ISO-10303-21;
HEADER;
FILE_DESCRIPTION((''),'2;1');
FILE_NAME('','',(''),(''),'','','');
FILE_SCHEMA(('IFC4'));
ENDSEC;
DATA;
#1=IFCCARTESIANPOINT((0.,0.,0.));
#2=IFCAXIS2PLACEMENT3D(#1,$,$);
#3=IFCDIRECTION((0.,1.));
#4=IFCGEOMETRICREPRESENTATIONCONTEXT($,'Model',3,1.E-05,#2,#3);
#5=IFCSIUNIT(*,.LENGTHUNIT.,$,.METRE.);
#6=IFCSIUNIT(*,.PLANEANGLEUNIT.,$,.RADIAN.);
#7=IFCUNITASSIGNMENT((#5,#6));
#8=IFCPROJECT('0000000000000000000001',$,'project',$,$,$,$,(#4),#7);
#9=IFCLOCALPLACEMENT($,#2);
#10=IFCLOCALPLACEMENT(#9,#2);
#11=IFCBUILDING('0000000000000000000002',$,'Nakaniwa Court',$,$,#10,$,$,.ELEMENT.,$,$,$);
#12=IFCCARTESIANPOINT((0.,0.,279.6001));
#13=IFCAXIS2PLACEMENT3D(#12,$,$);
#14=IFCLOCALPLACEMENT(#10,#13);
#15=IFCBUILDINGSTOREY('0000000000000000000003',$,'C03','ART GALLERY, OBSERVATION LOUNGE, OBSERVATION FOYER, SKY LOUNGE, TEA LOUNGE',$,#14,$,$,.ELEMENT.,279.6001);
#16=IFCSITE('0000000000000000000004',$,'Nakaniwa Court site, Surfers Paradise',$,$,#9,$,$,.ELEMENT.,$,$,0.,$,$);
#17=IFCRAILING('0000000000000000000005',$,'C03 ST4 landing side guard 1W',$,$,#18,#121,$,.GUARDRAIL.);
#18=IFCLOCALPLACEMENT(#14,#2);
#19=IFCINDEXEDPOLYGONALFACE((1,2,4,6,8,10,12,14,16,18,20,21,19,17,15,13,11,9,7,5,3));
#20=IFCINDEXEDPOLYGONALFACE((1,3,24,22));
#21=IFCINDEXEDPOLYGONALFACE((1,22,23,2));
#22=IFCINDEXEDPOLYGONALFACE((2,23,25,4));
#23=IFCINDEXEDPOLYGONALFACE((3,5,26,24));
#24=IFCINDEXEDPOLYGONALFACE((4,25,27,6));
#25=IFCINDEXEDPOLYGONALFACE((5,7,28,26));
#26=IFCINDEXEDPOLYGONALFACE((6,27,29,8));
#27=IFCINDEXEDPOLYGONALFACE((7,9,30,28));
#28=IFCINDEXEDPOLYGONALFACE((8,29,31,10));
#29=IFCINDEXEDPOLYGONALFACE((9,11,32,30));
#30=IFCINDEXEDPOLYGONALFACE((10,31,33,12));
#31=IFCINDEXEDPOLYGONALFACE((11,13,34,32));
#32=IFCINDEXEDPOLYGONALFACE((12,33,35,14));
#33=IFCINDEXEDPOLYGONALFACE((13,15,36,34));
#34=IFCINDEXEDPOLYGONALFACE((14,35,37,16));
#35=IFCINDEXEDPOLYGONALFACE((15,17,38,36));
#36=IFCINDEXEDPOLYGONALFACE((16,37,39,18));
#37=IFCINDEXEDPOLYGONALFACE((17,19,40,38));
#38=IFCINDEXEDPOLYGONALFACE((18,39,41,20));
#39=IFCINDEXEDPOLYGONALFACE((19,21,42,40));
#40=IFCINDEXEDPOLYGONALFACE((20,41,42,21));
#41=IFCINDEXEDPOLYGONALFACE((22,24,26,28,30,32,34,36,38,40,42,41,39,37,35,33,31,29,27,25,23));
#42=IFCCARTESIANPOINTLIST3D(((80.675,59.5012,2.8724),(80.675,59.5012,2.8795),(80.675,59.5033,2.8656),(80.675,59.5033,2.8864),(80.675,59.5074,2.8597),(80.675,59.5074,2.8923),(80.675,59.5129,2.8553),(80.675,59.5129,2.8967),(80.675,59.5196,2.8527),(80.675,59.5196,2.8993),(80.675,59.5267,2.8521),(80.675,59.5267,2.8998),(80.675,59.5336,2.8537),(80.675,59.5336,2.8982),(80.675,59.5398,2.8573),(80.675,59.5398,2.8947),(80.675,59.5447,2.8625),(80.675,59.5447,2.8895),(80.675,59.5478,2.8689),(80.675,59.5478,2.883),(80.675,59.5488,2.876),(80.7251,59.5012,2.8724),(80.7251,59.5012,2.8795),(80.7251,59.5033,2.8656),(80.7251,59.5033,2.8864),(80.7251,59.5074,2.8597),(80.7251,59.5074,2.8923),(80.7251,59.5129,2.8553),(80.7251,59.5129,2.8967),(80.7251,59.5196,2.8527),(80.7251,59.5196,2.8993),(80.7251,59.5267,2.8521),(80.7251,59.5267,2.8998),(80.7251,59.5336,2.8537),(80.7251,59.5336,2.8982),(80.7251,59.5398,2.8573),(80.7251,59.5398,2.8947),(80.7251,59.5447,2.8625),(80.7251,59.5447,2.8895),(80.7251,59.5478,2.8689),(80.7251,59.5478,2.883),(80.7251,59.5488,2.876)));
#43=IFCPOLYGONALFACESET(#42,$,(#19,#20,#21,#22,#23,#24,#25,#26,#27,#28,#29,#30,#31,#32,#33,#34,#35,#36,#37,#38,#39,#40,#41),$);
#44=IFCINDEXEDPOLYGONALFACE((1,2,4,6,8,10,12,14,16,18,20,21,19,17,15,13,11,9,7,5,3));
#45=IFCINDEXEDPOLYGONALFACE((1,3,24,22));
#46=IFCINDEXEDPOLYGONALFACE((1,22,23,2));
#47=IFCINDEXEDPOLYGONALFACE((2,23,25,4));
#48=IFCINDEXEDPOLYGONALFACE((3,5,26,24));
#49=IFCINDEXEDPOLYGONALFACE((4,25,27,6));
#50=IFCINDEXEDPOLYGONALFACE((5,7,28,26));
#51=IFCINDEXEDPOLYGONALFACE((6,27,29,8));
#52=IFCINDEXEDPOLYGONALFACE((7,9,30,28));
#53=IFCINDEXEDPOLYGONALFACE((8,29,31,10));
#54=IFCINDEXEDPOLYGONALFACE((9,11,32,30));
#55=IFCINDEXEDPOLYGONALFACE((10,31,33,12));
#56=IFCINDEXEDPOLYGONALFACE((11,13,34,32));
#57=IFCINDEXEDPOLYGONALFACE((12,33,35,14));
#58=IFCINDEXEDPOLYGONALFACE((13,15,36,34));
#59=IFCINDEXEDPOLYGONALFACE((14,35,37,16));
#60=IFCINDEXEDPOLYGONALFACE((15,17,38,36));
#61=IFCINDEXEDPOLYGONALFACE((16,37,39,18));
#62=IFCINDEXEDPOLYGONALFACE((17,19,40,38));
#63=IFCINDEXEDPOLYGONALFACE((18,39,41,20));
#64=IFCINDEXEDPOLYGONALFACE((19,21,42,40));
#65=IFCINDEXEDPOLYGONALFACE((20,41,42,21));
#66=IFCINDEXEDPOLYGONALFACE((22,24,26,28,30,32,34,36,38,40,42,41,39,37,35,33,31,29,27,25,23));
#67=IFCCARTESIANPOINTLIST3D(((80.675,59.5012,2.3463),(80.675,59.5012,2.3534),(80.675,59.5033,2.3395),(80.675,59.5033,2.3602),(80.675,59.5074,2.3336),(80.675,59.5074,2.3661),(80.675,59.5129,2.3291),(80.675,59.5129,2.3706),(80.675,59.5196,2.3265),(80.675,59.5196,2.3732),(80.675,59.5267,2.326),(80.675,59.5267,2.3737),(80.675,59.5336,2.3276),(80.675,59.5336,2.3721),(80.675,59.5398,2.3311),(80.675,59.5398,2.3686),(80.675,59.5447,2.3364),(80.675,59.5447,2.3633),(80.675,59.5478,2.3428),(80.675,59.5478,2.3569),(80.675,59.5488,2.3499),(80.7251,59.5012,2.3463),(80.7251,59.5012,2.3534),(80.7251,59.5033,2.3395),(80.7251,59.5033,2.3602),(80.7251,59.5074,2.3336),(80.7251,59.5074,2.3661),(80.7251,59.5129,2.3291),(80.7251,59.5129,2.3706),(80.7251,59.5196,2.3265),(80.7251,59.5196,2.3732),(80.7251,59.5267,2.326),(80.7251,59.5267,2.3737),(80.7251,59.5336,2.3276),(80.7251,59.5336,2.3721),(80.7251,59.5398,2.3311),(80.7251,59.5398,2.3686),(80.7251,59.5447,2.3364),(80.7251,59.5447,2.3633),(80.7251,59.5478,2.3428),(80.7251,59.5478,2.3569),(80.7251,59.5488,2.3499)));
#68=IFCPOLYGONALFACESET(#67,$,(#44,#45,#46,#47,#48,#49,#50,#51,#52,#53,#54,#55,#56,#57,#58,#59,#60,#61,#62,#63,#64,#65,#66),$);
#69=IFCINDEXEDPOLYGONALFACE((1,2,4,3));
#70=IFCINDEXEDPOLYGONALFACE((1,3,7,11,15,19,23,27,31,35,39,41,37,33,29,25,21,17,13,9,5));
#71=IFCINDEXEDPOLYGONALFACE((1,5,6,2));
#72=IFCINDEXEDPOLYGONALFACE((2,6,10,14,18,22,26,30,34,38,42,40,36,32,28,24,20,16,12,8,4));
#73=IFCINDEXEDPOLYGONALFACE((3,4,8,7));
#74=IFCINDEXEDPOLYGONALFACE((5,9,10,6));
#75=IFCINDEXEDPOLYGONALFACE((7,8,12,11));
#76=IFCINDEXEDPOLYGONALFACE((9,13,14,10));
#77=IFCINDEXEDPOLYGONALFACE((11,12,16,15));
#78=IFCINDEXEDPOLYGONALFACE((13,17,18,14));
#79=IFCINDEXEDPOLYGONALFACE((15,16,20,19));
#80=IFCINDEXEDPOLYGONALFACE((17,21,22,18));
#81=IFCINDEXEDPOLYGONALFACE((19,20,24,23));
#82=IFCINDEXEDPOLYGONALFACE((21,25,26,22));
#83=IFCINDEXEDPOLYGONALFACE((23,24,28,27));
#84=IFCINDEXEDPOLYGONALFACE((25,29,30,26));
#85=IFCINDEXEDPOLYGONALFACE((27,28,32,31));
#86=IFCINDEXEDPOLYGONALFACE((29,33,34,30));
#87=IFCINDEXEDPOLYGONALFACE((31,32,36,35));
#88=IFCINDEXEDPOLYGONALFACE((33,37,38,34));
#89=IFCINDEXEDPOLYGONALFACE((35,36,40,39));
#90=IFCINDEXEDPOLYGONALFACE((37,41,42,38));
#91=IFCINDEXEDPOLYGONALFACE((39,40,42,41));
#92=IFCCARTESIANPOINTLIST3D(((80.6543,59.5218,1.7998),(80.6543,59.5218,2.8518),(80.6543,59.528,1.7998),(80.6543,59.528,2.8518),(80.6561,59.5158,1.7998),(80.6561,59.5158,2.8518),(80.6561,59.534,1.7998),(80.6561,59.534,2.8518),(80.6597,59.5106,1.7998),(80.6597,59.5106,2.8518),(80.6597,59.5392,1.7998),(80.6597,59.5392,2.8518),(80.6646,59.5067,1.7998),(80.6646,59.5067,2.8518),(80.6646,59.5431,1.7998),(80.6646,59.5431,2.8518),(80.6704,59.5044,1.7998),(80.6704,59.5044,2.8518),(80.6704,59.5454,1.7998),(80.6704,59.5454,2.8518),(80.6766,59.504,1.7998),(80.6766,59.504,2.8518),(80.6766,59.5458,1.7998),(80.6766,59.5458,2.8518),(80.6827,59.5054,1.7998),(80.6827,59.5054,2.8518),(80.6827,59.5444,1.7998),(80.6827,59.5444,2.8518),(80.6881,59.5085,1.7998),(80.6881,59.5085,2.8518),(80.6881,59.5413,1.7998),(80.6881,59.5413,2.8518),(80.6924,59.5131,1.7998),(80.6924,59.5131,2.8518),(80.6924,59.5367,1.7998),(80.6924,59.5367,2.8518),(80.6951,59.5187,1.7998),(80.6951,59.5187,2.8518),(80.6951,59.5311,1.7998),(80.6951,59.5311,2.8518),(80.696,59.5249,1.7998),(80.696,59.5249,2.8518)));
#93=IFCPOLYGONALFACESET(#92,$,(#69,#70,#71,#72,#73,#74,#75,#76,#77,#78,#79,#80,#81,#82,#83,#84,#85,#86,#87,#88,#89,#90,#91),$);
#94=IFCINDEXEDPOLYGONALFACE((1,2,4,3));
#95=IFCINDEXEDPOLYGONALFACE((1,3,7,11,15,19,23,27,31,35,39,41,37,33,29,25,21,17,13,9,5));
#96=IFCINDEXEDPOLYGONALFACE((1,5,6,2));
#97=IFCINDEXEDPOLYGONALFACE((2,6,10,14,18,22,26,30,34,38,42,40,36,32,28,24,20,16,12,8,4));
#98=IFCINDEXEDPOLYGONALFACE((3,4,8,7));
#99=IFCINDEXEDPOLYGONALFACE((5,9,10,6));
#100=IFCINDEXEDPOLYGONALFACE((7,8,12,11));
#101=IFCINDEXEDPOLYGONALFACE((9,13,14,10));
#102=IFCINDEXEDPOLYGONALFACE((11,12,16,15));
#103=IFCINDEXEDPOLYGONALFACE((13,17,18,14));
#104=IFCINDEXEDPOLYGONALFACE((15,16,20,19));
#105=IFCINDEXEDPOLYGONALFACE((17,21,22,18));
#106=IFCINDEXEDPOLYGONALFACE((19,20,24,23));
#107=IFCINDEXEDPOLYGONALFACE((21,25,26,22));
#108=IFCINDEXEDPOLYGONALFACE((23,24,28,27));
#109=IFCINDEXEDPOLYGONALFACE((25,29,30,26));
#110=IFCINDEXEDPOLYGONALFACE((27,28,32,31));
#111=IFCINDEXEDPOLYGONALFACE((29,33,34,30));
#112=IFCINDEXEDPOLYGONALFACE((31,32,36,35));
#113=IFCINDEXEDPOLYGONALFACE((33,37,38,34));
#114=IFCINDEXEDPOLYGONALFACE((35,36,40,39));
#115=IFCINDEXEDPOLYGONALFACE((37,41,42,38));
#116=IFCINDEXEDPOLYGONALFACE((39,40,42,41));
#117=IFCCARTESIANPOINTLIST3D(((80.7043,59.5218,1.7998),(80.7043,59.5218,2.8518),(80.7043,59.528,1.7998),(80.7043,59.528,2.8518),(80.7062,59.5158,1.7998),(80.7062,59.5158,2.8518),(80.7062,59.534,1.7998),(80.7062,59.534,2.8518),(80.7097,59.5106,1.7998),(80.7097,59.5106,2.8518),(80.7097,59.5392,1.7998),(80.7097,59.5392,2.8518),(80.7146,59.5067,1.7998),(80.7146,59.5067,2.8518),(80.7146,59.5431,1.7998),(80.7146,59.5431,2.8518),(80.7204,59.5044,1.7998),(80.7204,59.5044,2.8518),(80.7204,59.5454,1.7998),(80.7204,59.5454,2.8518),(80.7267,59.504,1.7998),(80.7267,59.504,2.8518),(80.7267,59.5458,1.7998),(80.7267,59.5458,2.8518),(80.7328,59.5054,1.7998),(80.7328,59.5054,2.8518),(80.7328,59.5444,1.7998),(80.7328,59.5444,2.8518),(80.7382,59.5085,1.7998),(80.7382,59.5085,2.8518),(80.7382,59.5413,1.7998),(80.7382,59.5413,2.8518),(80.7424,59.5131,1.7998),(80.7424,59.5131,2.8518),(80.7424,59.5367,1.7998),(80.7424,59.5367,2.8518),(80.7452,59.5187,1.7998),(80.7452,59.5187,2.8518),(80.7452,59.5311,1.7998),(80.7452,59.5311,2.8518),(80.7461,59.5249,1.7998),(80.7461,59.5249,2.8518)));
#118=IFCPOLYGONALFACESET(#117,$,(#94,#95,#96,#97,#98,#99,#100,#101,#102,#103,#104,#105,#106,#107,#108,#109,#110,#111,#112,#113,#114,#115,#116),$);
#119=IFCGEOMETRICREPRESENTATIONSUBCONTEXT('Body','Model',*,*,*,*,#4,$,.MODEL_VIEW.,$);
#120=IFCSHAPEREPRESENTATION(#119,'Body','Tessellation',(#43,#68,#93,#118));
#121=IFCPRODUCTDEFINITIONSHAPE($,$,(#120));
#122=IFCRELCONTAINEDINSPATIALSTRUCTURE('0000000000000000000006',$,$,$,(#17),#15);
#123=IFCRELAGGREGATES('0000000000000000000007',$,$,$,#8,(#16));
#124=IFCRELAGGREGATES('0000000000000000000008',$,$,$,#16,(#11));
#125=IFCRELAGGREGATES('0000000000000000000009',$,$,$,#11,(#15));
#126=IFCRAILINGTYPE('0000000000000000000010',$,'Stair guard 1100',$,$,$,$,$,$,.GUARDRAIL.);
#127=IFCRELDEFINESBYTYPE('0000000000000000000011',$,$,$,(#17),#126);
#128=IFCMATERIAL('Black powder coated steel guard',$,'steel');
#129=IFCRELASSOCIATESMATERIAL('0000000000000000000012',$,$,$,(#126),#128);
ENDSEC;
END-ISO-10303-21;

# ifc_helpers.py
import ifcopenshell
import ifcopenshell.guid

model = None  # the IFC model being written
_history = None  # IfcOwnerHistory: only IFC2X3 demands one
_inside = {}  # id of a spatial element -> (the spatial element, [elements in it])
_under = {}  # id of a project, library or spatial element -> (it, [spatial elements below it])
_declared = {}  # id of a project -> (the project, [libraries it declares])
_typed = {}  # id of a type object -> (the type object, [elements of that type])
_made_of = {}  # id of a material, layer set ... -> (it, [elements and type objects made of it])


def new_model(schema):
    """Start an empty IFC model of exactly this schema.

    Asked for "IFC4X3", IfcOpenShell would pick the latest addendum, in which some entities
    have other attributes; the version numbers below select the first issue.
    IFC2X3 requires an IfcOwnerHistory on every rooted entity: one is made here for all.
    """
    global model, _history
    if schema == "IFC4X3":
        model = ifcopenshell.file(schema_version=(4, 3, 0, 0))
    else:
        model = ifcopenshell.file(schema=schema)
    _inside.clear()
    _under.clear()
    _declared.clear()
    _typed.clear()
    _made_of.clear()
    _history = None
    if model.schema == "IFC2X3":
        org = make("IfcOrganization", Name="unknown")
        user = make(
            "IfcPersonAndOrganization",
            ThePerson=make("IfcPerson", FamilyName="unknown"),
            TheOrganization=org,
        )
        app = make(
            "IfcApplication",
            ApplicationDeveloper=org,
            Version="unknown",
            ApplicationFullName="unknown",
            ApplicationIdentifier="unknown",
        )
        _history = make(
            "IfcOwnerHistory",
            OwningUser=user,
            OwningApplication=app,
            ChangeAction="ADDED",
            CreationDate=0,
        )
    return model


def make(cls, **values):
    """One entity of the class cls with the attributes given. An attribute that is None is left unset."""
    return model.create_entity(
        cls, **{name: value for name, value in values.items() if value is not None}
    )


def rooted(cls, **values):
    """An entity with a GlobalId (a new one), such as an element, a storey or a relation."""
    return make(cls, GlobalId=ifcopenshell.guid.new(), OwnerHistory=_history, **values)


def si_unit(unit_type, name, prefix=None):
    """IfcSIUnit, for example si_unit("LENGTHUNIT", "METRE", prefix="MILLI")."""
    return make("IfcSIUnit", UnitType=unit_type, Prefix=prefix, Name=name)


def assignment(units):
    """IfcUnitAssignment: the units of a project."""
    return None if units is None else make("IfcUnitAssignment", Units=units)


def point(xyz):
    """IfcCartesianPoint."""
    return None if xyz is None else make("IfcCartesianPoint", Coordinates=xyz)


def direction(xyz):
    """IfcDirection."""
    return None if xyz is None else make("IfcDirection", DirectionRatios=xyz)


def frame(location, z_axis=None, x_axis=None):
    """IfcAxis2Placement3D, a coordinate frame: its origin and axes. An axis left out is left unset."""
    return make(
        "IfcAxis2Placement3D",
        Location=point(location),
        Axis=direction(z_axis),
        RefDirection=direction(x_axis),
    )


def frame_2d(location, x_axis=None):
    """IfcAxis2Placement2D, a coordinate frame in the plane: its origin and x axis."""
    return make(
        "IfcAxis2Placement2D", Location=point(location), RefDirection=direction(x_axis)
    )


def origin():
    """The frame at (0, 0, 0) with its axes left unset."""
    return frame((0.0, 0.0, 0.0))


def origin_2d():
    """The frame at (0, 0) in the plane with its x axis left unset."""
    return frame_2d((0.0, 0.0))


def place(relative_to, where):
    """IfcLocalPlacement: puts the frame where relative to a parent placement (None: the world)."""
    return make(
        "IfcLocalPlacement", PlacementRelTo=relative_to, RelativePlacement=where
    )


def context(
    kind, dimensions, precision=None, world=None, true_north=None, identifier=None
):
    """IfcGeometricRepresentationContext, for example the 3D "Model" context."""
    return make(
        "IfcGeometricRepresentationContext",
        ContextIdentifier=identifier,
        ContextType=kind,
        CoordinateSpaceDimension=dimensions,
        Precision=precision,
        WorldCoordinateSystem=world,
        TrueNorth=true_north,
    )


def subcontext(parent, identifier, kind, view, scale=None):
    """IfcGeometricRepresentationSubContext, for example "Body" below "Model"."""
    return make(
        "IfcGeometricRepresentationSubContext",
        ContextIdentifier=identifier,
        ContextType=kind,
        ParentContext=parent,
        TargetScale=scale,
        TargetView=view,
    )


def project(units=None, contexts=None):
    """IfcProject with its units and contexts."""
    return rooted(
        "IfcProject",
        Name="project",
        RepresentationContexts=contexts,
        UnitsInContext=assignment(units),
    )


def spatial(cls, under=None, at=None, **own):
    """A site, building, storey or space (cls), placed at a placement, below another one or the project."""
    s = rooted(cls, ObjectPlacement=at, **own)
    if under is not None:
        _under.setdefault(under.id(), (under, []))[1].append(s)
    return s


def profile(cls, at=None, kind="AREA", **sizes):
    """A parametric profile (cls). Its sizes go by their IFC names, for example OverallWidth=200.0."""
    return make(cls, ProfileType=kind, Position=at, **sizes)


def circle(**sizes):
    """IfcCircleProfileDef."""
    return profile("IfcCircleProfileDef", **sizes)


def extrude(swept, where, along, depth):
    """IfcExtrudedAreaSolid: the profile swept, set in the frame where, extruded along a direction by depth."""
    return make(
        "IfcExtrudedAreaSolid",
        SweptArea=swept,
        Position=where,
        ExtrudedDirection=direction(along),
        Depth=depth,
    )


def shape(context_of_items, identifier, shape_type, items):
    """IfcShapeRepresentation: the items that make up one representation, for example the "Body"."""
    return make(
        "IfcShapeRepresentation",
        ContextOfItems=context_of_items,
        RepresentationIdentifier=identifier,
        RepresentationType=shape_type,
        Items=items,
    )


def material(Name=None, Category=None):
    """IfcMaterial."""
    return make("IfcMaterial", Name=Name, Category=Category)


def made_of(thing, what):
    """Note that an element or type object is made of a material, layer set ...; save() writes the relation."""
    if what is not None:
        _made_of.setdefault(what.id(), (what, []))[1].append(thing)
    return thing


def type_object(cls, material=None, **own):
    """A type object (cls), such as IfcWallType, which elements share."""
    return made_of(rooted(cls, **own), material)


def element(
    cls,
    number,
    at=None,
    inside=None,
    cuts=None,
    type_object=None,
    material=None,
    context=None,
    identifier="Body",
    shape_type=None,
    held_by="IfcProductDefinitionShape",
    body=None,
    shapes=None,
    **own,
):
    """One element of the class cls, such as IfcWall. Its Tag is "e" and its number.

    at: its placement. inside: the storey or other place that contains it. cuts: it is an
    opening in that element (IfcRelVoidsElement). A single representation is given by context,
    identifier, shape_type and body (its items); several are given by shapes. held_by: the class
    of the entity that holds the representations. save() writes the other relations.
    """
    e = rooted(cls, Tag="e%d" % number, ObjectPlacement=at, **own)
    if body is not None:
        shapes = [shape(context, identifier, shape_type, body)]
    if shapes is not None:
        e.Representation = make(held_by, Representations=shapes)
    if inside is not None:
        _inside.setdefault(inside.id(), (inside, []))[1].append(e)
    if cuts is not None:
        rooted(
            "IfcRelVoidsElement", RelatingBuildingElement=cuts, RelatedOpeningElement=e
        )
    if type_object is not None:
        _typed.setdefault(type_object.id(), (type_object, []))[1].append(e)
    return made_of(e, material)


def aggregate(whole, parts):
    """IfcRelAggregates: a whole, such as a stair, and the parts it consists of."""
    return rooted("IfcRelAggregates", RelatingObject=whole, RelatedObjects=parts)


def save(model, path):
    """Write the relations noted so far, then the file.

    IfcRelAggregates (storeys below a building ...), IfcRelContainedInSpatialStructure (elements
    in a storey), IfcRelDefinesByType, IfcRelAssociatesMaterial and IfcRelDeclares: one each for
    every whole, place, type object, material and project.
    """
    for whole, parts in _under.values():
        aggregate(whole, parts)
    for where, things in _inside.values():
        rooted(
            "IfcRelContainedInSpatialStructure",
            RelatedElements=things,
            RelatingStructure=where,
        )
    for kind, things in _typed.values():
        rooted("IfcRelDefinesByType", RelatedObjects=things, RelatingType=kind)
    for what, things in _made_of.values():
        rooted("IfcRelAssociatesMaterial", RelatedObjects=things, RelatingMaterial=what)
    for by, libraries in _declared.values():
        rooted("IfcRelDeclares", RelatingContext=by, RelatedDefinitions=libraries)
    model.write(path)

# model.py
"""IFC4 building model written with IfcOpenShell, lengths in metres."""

from ifc_helpers import new_model, si_unit, direction, frame, origin, origin_2d, place, context, subcontext, project, spatial, circle, extrude, material, type_object, element, save


model = new_model("IFC4")

# Units and contexts
model_context = context("Model", 3, precision=1e-05, world=origin(), true_north=direction((0.0, 1.0)))
body_context = subcontext(model_context, "Body", "Model", "MODEL_VIEW")
ifc_project = project(units=[si_unit("LENGTHUNIT", "METRE"), si_unit("PLANEANGLEUNIT", "RADIAN")], contexts=[model_context])

# Site, building, storey
site_placement = place(None, origin())
site = spatial("IfcSite", under=ifc_project, at=site_placement, Name="Nakaniwa Court site, Surfers Paradise", CompositionType="ELEMENT", RefElevation=0.0)
building_placement = place(site_placement, origin())
building = spatial("IfcBuilding", under=site, at=building_placement, Name="Nakaniwa Court", CompositionType="ELEMENT")
storey_placement = place(building_placement, frame((0.0, 0.0, 279.6001)))
storey = spatial("IfcBuildingStorey", under=building, at=storey_placement, Name="C03", Description="ART GALLERY, OBSERVATION LOUNGE, OBSERVATION FOYER, SKY LOUNGE, TEA LOUNGE", CompositionType="ELEMENT", Elevation=279.6001)

# Railing
ifc_material_1 = material(Name="Black powder coated steel guard", Category="steel")
railing_type_1 = type_object("IfcRailingType", Name="Stair guard 1100", PredefinedType="GUARDRAIL", material=ifc_material_1)
for number, where, name in (
    (1, (80.675, 59.5249, 1.7998), "C03 ST4 landing side guard 1W"),
):
    element("IfcRailing", number, at=place(storey_placement, frame(where)), inside=storey, type_object=railing_type_1, Name=name, PredefinedType="GUARDRAIL", context=body_context, shape_type="SweptSolid", body=[
        extrude(circle(Radius=0.0239, at=origin_2d()), frame((0.0, 0.0, 1.0762), z_axis=(1.0, 0.0, 0.0), x_axis=(0.0, 1.0, 0.0)), (0.0, 0.0, 1.0), 0.05),
        extrude(circle(Radius=0.0239, at=origin_2d()), frame((0.0, 0.0, 0.55), z_axis=(1.0, 0.0, 0.0), x_axis=(0.0, 1.0, 0.0)), (0.0, 0.0, 1.0), 0.05),
        extrude(circle(Radius=0.021, at=origin_2d()), origin(), (0.0, 0.0, 1.0), 1.052),
        extrude(circle(Radius=0.021, at=origin_2d()), frame((0.05, 0.0, 0.0)), (0.0, 0.0, 1.0), 1.052),
    ])

save(model, "model.ifc")
